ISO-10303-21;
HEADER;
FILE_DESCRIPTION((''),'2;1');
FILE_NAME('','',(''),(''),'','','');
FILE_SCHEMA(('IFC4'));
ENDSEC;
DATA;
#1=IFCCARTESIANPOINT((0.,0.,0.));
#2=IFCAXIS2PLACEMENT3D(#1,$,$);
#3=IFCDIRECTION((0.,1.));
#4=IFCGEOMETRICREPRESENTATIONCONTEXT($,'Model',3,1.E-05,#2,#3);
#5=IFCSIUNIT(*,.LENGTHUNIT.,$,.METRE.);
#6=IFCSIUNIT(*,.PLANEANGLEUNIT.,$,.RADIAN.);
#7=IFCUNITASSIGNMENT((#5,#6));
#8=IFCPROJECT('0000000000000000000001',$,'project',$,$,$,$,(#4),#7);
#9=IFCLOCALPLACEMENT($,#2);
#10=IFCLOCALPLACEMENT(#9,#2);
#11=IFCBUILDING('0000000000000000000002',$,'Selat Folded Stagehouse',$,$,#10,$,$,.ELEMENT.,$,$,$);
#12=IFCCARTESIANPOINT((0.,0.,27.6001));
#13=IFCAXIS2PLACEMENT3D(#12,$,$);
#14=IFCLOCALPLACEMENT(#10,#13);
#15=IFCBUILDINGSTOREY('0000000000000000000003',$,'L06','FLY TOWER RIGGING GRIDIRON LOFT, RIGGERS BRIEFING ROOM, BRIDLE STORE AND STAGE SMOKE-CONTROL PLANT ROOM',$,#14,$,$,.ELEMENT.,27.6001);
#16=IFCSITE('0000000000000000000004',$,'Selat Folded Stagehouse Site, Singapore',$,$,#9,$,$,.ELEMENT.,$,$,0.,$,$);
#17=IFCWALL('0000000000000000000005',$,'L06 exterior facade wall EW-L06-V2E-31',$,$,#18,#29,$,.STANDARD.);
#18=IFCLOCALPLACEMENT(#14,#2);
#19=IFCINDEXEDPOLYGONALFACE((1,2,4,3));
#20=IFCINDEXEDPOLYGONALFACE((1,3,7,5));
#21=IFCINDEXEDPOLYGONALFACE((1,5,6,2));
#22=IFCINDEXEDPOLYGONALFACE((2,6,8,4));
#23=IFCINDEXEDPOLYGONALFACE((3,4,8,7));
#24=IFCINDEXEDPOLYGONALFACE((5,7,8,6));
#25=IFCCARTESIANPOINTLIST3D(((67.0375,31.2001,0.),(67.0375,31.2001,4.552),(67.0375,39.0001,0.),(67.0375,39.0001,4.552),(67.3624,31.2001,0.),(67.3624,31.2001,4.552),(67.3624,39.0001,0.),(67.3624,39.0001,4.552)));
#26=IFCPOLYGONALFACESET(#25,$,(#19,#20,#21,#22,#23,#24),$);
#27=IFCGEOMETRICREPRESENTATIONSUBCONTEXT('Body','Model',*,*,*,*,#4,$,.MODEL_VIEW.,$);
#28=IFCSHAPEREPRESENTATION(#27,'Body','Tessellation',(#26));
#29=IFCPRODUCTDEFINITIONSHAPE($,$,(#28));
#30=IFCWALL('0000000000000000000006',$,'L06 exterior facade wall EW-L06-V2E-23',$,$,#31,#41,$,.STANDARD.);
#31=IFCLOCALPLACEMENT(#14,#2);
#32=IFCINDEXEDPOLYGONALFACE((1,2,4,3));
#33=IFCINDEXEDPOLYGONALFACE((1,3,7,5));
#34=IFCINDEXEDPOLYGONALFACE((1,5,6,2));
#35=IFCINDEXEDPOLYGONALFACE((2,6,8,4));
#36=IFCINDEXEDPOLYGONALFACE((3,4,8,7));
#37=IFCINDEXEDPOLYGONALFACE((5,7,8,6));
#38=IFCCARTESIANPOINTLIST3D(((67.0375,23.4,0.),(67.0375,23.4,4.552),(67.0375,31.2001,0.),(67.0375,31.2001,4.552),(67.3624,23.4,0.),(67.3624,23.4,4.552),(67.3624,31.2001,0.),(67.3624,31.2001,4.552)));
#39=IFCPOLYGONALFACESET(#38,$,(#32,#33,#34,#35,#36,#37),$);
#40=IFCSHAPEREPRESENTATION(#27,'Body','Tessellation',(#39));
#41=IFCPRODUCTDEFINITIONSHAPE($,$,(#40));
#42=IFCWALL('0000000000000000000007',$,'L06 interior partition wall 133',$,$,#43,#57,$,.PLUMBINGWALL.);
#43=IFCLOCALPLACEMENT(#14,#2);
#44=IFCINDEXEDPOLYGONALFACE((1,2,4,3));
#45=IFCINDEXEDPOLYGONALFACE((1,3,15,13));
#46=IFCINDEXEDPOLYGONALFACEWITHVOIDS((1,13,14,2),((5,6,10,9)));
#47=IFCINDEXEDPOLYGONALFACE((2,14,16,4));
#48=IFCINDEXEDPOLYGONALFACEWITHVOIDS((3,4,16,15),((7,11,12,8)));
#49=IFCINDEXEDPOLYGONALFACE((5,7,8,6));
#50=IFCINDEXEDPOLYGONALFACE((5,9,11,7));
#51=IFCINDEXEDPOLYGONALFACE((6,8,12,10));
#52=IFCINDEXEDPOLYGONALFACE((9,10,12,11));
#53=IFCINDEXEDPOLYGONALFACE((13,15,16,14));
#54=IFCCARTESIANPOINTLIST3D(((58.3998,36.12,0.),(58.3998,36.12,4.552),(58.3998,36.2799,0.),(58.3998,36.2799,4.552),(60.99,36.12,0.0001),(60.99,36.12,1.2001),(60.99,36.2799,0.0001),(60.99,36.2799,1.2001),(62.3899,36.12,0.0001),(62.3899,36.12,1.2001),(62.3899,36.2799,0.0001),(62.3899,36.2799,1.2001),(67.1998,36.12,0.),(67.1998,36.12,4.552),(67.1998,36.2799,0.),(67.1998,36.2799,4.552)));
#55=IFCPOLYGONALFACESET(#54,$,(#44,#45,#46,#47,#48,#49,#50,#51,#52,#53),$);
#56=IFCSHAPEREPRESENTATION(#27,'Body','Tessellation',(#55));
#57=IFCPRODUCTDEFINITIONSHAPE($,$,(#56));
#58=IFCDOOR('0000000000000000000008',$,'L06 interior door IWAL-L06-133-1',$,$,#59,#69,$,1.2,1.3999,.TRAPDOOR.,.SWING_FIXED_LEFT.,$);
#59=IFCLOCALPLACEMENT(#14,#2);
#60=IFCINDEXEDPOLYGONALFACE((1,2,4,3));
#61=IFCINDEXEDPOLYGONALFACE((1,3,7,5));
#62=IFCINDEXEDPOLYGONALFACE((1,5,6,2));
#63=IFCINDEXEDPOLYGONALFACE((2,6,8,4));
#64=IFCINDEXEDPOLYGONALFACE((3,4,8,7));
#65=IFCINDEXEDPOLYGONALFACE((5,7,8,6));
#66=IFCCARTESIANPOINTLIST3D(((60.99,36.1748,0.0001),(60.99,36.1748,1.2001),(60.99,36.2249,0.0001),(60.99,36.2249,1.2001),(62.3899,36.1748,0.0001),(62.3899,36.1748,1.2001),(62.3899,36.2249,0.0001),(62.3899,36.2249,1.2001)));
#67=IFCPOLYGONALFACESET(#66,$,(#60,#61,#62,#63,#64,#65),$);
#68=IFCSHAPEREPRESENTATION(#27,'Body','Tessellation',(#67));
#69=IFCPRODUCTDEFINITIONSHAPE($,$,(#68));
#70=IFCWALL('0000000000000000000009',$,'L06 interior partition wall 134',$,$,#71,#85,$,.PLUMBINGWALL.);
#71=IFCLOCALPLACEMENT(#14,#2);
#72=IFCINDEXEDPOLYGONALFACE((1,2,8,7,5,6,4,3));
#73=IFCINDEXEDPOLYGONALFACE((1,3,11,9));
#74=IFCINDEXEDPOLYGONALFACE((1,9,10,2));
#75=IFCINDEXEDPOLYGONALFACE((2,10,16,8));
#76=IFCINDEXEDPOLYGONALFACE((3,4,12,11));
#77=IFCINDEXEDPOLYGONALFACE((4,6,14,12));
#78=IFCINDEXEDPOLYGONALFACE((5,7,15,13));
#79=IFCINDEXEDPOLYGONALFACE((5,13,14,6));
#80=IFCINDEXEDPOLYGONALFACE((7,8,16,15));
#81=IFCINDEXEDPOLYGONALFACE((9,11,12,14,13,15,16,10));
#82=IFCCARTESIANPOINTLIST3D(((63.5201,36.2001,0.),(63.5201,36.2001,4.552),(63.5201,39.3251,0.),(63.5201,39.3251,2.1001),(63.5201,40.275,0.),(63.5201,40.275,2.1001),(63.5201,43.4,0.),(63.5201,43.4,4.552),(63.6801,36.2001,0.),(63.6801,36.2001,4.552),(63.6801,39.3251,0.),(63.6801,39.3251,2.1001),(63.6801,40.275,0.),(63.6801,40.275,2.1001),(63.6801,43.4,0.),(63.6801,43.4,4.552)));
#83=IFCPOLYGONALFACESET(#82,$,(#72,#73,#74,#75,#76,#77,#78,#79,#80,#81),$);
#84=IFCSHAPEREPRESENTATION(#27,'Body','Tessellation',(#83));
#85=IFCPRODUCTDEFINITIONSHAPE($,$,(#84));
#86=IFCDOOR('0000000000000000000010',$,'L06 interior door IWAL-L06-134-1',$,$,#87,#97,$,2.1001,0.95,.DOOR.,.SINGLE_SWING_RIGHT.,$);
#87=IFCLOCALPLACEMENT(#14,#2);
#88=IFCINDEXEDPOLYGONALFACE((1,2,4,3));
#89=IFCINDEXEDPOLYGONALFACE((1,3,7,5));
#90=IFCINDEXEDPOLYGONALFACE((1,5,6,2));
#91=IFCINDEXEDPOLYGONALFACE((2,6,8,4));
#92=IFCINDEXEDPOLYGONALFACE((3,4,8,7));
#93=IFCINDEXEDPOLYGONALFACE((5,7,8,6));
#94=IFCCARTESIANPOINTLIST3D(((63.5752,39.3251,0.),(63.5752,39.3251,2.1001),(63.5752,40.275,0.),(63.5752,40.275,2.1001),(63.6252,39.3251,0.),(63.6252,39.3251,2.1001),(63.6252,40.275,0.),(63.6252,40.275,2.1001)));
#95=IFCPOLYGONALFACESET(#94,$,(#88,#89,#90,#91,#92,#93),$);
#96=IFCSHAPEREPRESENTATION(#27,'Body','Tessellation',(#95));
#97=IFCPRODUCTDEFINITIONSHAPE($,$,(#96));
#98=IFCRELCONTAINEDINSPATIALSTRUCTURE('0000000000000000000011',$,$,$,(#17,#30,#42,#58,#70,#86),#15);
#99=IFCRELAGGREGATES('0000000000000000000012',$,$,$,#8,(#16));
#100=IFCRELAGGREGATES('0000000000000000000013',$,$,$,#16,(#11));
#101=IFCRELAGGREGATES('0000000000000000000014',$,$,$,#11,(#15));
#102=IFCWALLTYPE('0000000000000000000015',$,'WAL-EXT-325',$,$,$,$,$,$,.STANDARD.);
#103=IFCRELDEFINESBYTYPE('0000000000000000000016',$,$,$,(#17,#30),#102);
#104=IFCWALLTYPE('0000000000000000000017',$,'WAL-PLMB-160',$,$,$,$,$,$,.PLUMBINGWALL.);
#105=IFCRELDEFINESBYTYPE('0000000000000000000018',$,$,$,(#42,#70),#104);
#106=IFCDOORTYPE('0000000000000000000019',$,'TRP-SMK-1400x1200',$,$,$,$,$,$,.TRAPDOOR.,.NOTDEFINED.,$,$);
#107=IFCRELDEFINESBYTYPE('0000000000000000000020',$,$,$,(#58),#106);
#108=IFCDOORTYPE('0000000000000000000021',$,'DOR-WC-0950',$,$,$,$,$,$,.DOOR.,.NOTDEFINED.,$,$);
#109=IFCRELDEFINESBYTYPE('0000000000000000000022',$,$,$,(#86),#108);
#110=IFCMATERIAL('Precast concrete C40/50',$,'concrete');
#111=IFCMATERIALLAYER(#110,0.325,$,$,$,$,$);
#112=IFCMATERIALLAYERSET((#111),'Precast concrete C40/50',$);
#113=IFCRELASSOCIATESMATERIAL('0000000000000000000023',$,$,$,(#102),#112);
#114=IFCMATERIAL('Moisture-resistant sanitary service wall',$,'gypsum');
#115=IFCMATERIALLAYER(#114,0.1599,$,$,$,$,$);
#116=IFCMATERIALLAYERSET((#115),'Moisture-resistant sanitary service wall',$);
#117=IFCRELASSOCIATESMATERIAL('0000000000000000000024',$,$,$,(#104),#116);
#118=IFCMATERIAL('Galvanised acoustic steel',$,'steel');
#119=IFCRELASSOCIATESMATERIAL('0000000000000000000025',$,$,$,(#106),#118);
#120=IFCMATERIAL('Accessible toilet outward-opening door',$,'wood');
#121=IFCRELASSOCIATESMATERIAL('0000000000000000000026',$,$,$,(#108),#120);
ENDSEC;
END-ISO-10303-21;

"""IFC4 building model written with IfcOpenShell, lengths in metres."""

from ifc_helpers import new_model, si_unit, direction, frame, frame_2d, origin, place, context, subcontext, project, spatial, rectangle, extrude, material, layer, layer_set, type_object, element, fill, save


model = new_model("IFC4")

# Units and contexts
model_context = context("Model", 3, precision=1e-05, world=origin(), true_north=direction((0.0, 1.0)))
body_context = subcontext(model_context, "Body", "Model", "MODEL_VIEW")
ifc_project = project(units=[si_unit("LENGTHUNIT", "METRE"), si_unit("PLANEANGLEUNIT", "RADIAN")], contexts=[model_context])

# Site, building, storey
site_placement = place(None, origin())
site = spatial("IfcSite", under=ifc_project, at=site_placement, Name="Selat Folded Stagehouse Site, Singapore", CompositionType="ELEMENT", RefElevation=0.0)
building_placement = place(site_placement, origin())
building = spatial("IfcBuilding", under=site, at=building_placement, Name="Selat Folded Stagehouse", CompositionType="ELEMENT")
storey_placement = place(building_placement, frame((0.0, 0.0, 27.6001)))
storey = spatial("IfcBuildingStorey", under=building, at=storey_placement, Name="L06", Description="FLY TOWER RIGGING GRIDIRON LOFT, RIGGERS BRIEFING ROOM, BRIDLE STORE AND STAGE SMOKE-CONTROL PLANT ROOM", CompositionType="ELEMENT", Elevation=27.6001)

# Shared definitions
ifc_material_1 = material(Name="Precast concrete C40/50", Category="concrete")

# Walls
ifc_layer_1 = layer(ifc_material_1, 0.325)
ifc_layer_set_1 = layer_set([ifc_layer_1], Name="Precast concrete C40/50")
wall_type_1 = type_object("IfcWallType", Name="WAL-EXT-325", PredefinedType="STANDARD", material=ifc_layer_set_1)
for number, where, z_axis, x_axis, name in (
    (1, (67.2, 39.0, 0.0), (0.0, 0.0, 1.0), (0.0, -1.0, 0.0), "L06 exterior facade wall EW-L06-V2E-31"),
    (2, (67.2, 31.2, 0.0), (0.0, 0.0, 1.0), (0.0, -1.0, 0.0), "L06 exterior facade wall EW-L06-V2E-23"),
):
    element("IfcWall", number, at=place(storey_placement, frame(where, z_axis=z_axis, x_axis=x_axis)), inside=storey, type_object=wall_type_1, Name=name, PredefinedType="STANDARD", context=body_context, shape_type="SweptSolid", body=[
        extrude(rectangle(XDim=7.8, YDim=0.325, at=frame_2d((3.8999, 0.0))), origin(), (0.0, 0.0, 1.0), 4.552),
    ])

# Walls, openings, doors
ifc_material_2 = material(Name="Moisture-resistant sanitary service wall", Category="gypsum")
ifc_layer_2 = layer(ifc_material_2, 0.1599)
ifc_layer_set_2 = layer_set([ifc_layer_2], Name="Moisture-resistant sanitary service wall")
wall_type_2 = type_object("IfcWallType", Name="WAL-PLMB-160", PredefinedType="PLUMBINGWALL", material=ifc_layer_set_2)
wall_1_placement = place(storey_placement, frame((58.3999, 36.2, 0.0), z_axis=(0.0, 0.0, 1.0), x_axis=(1.0, 0.0, 0.0)))
wall_1 = element("IfcWall", 3, at=wall_1_placement, inside=storey, type_object=wall_type_2, Name="L06 interior partition wall 133", PredefinedType="PLUMBINGWALL", context=body_context, shape_type="SweptSolid", body=[
    extrude(rectangle(XDim=8.8, YDim=0.1599, at=frame_2d((4.3999, 0.0))), origin(), (0.0, 0.0, 1.0), 4.552),
])
opening_1_placement = place(wall_1_placement, frame((2.5901, 0.0, 0.0)))
opening_1 = element("IfcOpeningElement", 4, at=opening_1_placement, cuts=wall_1, PredefinedType="OPENING", context=body_context, shape_type="SweptSolid", body=[
    extrude(rectangle(XDim=1.3999, YDim=1.2, at=frame_2d((0.7, 0.6001))), frame((0.0, 0.0898, 0.0), z_axis=(0.0, -1.0, 0.0), x_axis=(1.0, 0.0, 0.0)), (0.0, 0.0, 1.0), 0.1799),
])
ifc_material_3 = material(Name="Galvanised acoustic steel", Category="steel")
door_type_1 = type_object("IfcDoorType", Name="TRP-SMK-1400x1200", OperationType="NOTDEFINED", PredefinedType="TRAPDOOR", material=ifc_material_3)
door_1_placement = place(opening_1_placement, origin())
door_1 = element("IfcDoor", 5, at=door_1_placement, inside=storey, type_object=door_type_1, Name="L06 interior door IWAL-L06-133-1", OperationType="SWING_FIXED_LEFT", OverallHeight=1.2, OverallWidth=1.3999, PredefinedType="TRAPDOOR", context=body_context, shape_type="SweptSolid", body=[
    extrude(rectangle(XDim=1.3999, YDim=1.2, at=frame_2d((0.7, 0.6001))), frame((0.0, 0.0249, 0.0), z_axis=(0.0, -1.0, 0.0), x_axis=(1.0, 0.0, 0.0)), (0.0, 0.0, 1.0), 0.05),
])
fill(opening_1, door_1)
wall_2_placement = place(storey_placement, frame((63.6001, 36.2, 0.0), z_axis=(0.0, 0.0, 1.0), x_axis=(0.0, 1.0, 0.0)))
wall_2 = element("IfcWall", 6, at=wall_2_placement, inside=storey, type_object=wall_type_2, Name="L06 interior partition wall 134", PredefinedType="PLUMBINGWALL", context=body_context, shape_type="SweptSolid", body=[
    extrude(rectangle(XDim=7.2, YDim=0.1599, at=frame_2d((3.6001, 0.0))), origin(), (0.0, 0.0, 1.0), 4.552),
])
opening_2_placement = place(wall_2_placement, frame((3.125, 0.0, 0.0)))
opening_2 = element("IfcOpeningElement", 7, at=opening_2_placement, cuts=wall_2, PredefinedType="OPENING", context=body_context, shape_type="SweptSolid", body=[
    extrude(rectangle(XDim=0.95, YDim=2.1001, at=frame_2d((0.4751, 1.05))), frame((0.0, 0.0898, 0.0), z_axis=(0.0, -1.0, 0.0), x_axis=(1.0, 0.0, 0.0)), (0.0, 0.0, 1.0), 0.1799),
])
ifc_material_4 = material(Name="Accessible toilet outward-opening door", Category="wood")
door_type_2 = type_object("IfcDoorType", Name="DOR-WC-0950", OperationType="NOTDEFINED", PredefinedType="DOOR", material=ifc_material_4)
door_2_placement = place(opening_2_placement, origin())
door_2 = element("IfcDoor", 8, at=door_2_placement, inside=storey, type_object=door_type_2, Name="L06 interior door IWAL-L06-134-1", OperationType="SINGLE_SWING_RIGHT", OverallHeight=2.1001, OverallWidth=0.95, PredefinedType="DOOR", context=body_context, shape_type="SweptSolid", body=[
    extrude(rectangle(XDim=0.95, YDim=2.1001, at=frame_2d((0.4751, 1.05))), frame((0.0, 0.0249, 0.0), z_axis=(0.0, -1.0, 0.0), x_axis=(1.0, 0.0, 0.0)), (0.0, 0.0, 1.0), 0.05),
])
fill(opening_2, door_2)

save(model, "model.ifc")
